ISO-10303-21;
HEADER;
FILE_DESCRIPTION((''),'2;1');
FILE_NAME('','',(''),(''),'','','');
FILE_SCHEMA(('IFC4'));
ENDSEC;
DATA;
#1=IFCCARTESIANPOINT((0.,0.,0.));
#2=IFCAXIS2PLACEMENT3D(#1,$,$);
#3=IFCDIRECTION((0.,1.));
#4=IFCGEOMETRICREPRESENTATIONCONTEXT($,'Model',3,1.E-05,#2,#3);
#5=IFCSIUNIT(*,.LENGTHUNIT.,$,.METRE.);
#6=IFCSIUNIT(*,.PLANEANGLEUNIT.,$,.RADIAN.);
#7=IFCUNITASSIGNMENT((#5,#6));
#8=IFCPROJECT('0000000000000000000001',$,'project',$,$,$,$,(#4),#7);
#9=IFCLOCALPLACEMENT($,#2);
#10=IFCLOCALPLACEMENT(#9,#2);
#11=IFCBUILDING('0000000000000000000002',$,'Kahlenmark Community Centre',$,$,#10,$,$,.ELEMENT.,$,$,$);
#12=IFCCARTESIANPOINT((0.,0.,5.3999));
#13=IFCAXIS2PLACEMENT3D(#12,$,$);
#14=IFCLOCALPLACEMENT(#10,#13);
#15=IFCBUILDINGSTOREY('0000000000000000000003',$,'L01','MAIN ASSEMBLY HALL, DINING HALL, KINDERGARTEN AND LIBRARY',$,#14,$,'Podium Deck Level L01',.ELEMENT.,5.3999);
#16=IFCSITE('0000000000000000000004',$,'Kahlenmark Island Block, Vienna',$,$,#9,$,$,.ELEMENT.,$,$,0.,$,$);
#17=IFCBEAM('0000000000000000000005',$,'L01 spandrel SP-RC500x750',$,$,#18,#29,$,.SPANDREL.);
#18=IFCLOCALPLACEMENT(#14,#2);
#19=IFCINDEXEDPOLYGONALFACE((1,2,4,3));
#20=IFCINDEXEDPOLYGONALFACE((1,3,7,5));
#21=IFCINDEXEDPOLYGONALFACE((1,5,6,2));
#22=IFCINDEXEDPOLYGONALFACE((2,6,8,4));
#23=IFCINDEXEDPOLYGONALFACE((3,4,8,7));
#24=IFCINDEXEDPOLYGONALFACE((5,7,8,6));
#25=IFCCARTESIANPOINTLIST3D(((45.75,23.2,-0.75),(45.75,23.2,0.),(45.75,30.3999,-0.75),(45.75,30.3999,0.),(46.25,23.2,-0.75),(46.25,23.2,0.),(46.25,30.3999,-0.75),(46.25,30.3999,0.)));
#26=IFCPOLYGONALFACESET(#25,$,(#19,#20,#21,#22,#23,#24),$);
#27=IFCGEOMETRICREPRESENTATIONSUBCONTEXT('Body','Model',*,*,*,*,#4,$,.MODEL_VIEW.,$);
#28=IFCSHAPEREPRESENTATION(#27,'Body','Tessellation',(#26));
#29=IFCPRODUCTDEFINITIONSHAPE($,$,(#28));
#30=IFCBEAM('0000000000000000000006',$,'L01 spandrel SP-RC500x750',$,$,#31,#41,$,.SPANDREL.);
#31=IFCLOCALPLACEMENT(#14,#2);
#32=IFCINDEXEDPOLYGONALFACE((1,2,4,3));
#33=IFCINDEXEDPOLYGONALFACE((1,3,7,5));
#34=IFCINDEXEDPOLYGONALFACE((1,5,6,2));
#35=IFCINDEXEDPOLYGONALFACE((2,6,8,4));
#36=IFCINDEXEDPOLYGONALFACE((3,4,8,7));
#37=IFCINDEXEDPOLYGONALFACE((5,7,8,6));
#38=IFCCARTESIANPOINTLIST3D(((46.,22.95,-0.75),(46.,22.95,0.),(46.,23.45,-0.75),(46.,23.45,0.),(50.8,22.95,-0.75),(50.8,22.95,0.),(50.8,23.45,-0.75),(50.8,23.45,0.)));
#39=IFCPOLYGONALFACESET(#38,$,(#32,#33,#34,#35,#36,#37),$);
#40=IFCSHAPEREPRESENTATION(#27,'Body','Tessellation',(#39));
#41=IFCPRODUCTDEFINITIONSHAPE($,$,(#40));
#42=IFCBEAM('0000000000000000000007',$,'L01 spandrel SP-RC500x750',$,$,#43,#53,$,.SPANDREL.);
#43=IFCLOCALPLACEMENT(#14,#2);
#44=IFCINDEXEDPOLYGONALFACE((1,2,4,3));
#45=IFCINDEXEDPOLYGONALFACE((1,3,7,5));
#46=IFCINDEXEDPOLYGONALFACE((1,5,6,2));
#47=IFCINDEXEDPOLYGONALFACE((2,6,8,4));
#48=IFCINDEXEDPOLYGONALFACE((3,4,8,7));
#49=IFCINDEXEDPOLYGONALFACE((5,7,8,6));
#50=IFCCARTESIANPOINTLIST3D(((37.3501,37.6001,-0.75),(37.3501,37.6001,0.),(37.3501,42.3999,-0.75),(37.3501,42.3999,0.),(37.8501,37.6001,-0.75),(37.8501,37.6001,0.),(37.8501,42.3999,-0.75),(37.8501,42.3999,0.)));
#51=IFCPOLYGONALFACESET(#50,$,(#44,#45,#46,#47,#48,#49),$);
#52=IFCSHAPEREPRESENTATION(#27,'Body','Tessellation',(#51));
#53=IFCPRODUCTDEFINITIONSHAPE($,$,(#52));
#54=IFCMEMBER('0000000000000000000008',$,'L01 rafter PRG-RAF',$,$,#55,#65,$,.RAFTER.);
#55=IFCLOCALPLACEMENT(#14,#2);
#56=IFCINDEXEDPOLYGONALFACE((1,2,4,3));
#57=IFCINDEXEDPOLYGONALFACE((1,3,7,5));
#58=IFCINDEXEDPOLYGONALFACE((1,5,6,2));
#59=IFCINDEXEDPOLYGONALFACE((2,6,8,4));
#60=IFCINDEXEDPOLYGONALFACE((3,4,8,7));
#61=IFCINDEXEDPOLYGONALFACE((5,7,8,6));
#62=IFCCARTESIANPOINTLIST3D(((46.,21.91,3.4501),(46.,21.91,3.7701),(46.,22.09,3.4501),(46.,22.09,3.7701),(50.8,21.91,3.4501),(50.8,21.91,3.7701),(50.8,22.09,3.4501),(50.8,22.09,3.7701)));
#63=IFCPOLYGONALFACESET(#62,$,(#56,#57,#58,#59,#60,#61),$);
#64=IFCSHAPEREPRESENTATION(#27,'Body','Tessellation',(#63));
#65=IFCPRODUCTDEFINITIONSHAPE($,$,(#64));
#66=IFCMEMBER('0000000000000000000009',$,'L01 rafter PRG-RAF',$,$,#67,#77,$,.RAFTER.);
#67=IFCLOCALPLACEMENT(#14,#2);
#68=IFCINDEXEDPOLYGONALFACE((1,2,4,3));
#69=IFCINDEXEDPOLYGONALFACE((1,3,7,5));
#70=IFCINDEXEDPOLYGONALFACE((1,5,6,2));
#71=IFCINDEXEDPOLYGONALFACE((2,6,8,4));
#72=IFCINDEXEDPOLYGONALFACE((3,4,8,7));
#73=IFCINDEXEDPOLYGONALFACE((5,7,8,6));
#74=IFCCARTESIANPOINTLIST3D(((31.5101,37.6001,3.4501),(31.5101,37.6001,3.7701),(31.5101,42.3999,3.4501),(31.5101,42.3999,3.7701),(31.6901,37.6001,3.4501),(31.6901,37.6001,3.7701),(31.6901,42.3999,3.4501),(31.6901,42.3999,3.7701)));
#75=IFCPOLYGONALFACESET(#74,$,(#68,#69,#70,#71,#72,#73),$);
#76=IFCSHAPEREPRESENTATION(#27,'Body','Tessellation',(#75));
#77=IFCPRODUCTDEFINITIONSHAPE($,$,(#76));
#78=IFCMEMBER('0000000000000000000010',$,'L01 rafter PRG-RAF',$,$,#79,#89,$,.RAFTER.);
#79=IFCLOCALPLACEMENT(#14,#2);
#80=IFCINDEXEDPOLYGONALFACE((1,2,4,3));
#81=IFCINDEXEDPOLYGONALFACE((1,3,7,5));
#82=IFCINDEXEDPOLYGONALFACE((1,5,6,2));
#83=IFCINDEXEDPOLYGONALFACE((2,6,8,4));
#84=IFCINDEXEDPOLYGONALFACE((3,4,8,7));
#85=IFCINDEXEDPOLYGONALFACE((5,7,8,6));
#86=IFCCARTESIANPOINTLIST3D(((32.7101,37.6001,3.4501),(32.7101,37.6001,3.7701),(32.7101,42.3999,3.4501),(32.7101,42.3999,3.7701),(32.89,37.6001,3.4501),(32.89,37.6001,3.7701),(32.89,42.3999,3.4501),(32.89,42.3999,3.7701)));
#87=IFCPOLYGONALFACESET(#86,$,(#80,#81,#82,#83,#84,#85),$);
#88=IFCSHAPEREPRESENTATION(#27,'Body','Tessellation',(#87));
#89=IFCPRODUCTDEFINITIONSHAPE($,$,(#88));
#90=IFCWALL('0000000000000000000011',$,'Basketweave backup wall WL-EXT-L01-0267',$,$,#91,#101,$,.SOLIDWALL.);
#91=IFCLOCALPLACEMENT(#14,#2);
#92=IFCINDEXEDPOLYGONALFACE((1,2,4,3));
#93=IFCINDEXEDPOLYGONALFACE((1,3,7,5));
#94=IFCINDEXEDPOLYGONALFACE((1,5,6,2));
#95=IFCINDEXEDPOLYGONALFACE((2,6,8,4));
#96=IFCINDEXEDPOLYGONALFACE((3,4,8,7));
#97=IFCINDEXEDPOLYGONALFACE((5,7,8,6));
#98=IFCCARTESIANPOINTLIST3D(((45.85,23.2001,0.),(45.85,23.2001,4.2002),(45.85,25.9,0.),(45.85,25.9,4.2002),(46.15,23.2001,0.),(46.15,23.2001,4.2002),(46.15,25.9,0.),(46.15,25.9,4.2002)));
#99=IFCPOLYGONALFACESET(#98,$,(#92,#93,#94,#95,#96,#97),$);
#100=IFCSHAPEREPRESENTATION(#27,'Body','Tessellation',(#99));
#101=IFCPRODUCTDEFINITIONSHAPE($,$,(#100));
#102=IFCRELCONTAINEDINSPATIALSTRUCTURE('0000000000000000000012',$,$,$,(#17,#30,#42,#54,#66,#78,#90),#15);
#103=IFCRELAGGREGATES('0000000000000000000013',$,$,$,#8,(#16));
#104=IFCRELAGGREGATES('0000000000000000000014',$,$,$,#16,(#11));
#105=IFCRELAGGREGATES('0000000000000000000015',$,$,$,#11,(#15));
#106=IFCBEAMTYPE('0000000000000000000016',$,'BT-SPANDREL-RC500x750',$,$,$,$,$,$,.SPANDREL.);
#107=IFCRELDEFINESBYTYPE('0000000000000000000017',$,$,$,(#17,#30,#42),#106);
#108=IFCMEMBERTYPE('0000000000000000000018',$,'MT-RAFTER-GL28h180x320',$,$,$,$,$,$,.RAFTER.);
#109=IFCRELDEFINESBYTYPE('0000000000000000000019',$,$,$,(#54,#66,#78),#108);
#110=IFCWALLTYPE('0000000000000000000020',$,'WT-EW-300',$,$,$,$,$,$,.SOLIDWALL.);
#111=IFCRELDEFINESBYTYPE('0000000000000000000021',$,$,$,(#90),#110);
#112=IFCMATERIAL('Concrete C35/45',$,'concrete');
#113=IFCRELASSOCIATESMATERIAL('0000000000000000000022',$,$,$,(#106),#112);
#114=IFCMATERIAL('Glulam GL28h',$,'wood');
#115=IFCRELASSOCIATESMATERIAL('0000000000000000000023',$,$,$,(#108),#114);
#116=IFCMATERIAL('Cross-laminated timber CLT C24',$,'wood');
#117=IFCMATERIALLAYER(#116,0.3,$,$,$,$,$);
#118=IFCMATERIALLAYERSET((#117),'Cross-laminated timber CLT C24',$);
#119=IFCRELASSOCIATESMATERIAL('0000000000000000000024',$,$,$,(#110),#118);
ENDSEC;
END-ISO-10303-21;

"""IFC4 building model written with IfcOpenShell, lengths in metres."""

from ifc_helpers import new_model, si_unit, direction, frame, frame_2d, origin, origin_2d, place, context, subcontext, project, spatial, rectangle, extrude, material, layer, layer_set, material_profile, profile_set, type_object, element, save


model = new_model("IFC4")

# Units and contexts
model_context = context("Model", 3, precision=1e-05, world=origin(), true_north=direction((0.0, 1.0)))
body_context = subcontext(model_context, "Body", "Model", "MODEL_VIEW")
ifc_project = project(units=[si_unit("LENGTHUNIT", "METRE"), si_unit("PLANEANGLEUNIT", "RADIAN")], contexts=[model_context])

# Site, building, storey
site_placement = place(None, origin())
site = spatial("IfcSite", under=ifc_project, at=site_placement, Name="Kahlenmark Island Block, Vienna", CompositionType="ELEMENT", RefElevation=0.0)
building_placement = place(site_placement, origin())
building = spatial("IfcBuilding", under=site, at=building_placement, Name="Kahlenmark Community Centre", CompositionType="ELEMENT")
storey_placement = place(building_placement, frame((0.0, 0.0, 5.3999)))
storey = spatial("IfcBuildingStorey", under=building, at=storey_placement, Name="L01", Description="MAIN ASSEMBLY HALL, DINING HALL, KINDERGARTEN AND LIBRARY", LongName="Podium Deck Level L01", CompositionType="ELEMENT", Elevation=5.3999)

# Beams
ifc_material_1 = material(Name="Concrete C35/45", Category="concrete")
ifc_material_profile_1 = material_profile(ifc_material_1, rectangle(XDim=0.5, YDim=0.75, at=origin_2d()), Name="RC 500x750")
ifc_profile_set_1 = profile_set([ifc_material_profile_1], Name="Concrete C35/45")
beam_type_1 = type_object("IfcBeamType", Name="BT-SPANDREL-RC500x750", PredefinedType="SPANDREL", material=ifc_profile_set_1)
beam_1_placement = place(storey_placement, frame((46.0, 23.2, -0.375), z_axis=(0.0, 1.0, 0.0), x_axis=(-1.0, 0.0, 0.0)))
element("IfcBeam", 1, at=beam_1_placement, inside=storey, type_object=beam_type_1, Name="L01 spandrel SP-RC500x750", PredefinedType="SPANDREL", context=body_context, shape_type="SweptSolid", body=[
    extrude(rectangle(XDim=0.5, YDim=0.75, at=origin_2d()), origin(), (0.0, 0.0, 1.0), 7.2),
])
beam_2_placement = place(storey_placement, frame((46.0, 23.2, -0.375), z_axis=(1.0, 0.0, 0.0), x_axis=(0.0, 1.0, 0.0)))
element("IfcBeam", 2, at=beam_2_placement, inside=storey, type_object=beam_type_1, Name="L01 spandrel SP-RC500x750", PredefinedType="SPANDREL", context=body_context, shape_type="SweptSolid", body=[
    extrude(rectangle(XDim=0.5, YDim=0.75, at=origin_2d()), origin(), (0.0, 0.0, 1.0), 4.8),
])
beam_3_placement = place(storey_placement, frame((37.6001, 37.6001, -0.375), z_axis=(0.0, 1.0, 0.0), x_axis=(-1.0, 0.0, 0.0)))
element("IfcBeam", 3, at=beam_3_placement, inside=storey, type_object=beam_type_1, Name="L01 spandrel SP-RC500x750", PredefinedType="SPANDREL", context=body_context, shape_type="SweptSolid", body=[
    extrude(rectangle(XDim=0.5, YDim=0.75, at=origin_2d()), origin(), (0.0, 0.0, 1.0), 4.7998),
])

# Members
ifc_material_2 = material(Name="Glulam GL28h", Category="wood")
ifc_material_profile_2 = material_profile(ifc_material_2, rectangle(XDim=0.1799, YDim=0.3201, at=origin_2d()), Name="GL28h 180x320")
ifc_profile_set_2 = profile_set([ifc_material_profile_2], Name="Glulam GL28h")
member_type = type_object("IfcMemberType", Name="MT-RAFTER-GL28h180x320", PredefinedType="RAFTER", material=ifc_profile_set_2)
member_placement = place(storey_placement, frame((46.0, 22.0, 3.6101), z_axis=(1.0, 0.0, 0.0), x_axis=(0.0, 1.0, 0.0)))
element("IfcMember", 4, at=member_placement, inside=storey, type_object=member_type, Name="L01 rafter PRG-RAF", PredefinedType="RAFTER", context=body_context, shape_type="SweptSolid", body=[
    extrude(rectangle(XDim=0.1799, YDim=0.3201, at=origin_2d()), origin(), (0.0, 0.0, 1.0), 4.8),
])
for number, where, z_axis, x_axis, name in (
    (5, (31.6001, 37.6001, 3.6101), (0.0, 1.0, 0.0), (-1.0, 0.0, 0.0), "L01 rafter PRG-RAF"),
    (6, (32.8, 37.6001, 3.6101), (0.0, 1.0, 0.0), (-1.0, 0.0, 0.0), "L01 rafter PRG-RAF"),
):
    element("IfcMember", number, at=place(storey_placement, frame(where, z_axis=z_axis, x_axis=x_axis)), inside=storey, type_object=member_type, Name=name, PredefinedType="RAFTER", context=body_context, shape_type="SweptSolid", body=[
        extrude(rectangle(XDim=0.1799, YDim=0.3201, at=origin_2d()), origin(), (0.0, 0.0, 1.0), 4.7998),
    ])

# Shared definitions
ifc_material_3 = material(Name="Cross-laminated timber CLT C24", Category="wood")
ifc_layer = layer(ifc_material_3, 0.3)
ifc_layer_set = layer_set([ifc_layer], Name="Cross-laminated timber CLT C24")
wall_type = type_object("IfcWallType", Name="WT-EW-300", PredefinedType="SOLIDWALL", material=ifc_layer_set)

# Wall
wall_1_placement = place(storey_placement, frame((46.0, 23.2, 0.0), z_axis=(0.0, 0.0, 1.0), x_axis=(0.0, 1.0, 0.0)))
element("IfcWall", 7, at=wall_1_placement, inside=storey, type_object=wall_type, Name="Basketweave backup wall WL-EXT-L01-0267", PredefinedType="SOLIDWALL", context=body_context, shape_type="SweptSolid", body=[
    extrude(rectangle(XDim=2.7, YDim=0.3, at=frame_2d((1.3501, 0.0))), origin(), (0.0, 0.0, 1.0), 4.2002),
])

save(model, "model.ifc")
